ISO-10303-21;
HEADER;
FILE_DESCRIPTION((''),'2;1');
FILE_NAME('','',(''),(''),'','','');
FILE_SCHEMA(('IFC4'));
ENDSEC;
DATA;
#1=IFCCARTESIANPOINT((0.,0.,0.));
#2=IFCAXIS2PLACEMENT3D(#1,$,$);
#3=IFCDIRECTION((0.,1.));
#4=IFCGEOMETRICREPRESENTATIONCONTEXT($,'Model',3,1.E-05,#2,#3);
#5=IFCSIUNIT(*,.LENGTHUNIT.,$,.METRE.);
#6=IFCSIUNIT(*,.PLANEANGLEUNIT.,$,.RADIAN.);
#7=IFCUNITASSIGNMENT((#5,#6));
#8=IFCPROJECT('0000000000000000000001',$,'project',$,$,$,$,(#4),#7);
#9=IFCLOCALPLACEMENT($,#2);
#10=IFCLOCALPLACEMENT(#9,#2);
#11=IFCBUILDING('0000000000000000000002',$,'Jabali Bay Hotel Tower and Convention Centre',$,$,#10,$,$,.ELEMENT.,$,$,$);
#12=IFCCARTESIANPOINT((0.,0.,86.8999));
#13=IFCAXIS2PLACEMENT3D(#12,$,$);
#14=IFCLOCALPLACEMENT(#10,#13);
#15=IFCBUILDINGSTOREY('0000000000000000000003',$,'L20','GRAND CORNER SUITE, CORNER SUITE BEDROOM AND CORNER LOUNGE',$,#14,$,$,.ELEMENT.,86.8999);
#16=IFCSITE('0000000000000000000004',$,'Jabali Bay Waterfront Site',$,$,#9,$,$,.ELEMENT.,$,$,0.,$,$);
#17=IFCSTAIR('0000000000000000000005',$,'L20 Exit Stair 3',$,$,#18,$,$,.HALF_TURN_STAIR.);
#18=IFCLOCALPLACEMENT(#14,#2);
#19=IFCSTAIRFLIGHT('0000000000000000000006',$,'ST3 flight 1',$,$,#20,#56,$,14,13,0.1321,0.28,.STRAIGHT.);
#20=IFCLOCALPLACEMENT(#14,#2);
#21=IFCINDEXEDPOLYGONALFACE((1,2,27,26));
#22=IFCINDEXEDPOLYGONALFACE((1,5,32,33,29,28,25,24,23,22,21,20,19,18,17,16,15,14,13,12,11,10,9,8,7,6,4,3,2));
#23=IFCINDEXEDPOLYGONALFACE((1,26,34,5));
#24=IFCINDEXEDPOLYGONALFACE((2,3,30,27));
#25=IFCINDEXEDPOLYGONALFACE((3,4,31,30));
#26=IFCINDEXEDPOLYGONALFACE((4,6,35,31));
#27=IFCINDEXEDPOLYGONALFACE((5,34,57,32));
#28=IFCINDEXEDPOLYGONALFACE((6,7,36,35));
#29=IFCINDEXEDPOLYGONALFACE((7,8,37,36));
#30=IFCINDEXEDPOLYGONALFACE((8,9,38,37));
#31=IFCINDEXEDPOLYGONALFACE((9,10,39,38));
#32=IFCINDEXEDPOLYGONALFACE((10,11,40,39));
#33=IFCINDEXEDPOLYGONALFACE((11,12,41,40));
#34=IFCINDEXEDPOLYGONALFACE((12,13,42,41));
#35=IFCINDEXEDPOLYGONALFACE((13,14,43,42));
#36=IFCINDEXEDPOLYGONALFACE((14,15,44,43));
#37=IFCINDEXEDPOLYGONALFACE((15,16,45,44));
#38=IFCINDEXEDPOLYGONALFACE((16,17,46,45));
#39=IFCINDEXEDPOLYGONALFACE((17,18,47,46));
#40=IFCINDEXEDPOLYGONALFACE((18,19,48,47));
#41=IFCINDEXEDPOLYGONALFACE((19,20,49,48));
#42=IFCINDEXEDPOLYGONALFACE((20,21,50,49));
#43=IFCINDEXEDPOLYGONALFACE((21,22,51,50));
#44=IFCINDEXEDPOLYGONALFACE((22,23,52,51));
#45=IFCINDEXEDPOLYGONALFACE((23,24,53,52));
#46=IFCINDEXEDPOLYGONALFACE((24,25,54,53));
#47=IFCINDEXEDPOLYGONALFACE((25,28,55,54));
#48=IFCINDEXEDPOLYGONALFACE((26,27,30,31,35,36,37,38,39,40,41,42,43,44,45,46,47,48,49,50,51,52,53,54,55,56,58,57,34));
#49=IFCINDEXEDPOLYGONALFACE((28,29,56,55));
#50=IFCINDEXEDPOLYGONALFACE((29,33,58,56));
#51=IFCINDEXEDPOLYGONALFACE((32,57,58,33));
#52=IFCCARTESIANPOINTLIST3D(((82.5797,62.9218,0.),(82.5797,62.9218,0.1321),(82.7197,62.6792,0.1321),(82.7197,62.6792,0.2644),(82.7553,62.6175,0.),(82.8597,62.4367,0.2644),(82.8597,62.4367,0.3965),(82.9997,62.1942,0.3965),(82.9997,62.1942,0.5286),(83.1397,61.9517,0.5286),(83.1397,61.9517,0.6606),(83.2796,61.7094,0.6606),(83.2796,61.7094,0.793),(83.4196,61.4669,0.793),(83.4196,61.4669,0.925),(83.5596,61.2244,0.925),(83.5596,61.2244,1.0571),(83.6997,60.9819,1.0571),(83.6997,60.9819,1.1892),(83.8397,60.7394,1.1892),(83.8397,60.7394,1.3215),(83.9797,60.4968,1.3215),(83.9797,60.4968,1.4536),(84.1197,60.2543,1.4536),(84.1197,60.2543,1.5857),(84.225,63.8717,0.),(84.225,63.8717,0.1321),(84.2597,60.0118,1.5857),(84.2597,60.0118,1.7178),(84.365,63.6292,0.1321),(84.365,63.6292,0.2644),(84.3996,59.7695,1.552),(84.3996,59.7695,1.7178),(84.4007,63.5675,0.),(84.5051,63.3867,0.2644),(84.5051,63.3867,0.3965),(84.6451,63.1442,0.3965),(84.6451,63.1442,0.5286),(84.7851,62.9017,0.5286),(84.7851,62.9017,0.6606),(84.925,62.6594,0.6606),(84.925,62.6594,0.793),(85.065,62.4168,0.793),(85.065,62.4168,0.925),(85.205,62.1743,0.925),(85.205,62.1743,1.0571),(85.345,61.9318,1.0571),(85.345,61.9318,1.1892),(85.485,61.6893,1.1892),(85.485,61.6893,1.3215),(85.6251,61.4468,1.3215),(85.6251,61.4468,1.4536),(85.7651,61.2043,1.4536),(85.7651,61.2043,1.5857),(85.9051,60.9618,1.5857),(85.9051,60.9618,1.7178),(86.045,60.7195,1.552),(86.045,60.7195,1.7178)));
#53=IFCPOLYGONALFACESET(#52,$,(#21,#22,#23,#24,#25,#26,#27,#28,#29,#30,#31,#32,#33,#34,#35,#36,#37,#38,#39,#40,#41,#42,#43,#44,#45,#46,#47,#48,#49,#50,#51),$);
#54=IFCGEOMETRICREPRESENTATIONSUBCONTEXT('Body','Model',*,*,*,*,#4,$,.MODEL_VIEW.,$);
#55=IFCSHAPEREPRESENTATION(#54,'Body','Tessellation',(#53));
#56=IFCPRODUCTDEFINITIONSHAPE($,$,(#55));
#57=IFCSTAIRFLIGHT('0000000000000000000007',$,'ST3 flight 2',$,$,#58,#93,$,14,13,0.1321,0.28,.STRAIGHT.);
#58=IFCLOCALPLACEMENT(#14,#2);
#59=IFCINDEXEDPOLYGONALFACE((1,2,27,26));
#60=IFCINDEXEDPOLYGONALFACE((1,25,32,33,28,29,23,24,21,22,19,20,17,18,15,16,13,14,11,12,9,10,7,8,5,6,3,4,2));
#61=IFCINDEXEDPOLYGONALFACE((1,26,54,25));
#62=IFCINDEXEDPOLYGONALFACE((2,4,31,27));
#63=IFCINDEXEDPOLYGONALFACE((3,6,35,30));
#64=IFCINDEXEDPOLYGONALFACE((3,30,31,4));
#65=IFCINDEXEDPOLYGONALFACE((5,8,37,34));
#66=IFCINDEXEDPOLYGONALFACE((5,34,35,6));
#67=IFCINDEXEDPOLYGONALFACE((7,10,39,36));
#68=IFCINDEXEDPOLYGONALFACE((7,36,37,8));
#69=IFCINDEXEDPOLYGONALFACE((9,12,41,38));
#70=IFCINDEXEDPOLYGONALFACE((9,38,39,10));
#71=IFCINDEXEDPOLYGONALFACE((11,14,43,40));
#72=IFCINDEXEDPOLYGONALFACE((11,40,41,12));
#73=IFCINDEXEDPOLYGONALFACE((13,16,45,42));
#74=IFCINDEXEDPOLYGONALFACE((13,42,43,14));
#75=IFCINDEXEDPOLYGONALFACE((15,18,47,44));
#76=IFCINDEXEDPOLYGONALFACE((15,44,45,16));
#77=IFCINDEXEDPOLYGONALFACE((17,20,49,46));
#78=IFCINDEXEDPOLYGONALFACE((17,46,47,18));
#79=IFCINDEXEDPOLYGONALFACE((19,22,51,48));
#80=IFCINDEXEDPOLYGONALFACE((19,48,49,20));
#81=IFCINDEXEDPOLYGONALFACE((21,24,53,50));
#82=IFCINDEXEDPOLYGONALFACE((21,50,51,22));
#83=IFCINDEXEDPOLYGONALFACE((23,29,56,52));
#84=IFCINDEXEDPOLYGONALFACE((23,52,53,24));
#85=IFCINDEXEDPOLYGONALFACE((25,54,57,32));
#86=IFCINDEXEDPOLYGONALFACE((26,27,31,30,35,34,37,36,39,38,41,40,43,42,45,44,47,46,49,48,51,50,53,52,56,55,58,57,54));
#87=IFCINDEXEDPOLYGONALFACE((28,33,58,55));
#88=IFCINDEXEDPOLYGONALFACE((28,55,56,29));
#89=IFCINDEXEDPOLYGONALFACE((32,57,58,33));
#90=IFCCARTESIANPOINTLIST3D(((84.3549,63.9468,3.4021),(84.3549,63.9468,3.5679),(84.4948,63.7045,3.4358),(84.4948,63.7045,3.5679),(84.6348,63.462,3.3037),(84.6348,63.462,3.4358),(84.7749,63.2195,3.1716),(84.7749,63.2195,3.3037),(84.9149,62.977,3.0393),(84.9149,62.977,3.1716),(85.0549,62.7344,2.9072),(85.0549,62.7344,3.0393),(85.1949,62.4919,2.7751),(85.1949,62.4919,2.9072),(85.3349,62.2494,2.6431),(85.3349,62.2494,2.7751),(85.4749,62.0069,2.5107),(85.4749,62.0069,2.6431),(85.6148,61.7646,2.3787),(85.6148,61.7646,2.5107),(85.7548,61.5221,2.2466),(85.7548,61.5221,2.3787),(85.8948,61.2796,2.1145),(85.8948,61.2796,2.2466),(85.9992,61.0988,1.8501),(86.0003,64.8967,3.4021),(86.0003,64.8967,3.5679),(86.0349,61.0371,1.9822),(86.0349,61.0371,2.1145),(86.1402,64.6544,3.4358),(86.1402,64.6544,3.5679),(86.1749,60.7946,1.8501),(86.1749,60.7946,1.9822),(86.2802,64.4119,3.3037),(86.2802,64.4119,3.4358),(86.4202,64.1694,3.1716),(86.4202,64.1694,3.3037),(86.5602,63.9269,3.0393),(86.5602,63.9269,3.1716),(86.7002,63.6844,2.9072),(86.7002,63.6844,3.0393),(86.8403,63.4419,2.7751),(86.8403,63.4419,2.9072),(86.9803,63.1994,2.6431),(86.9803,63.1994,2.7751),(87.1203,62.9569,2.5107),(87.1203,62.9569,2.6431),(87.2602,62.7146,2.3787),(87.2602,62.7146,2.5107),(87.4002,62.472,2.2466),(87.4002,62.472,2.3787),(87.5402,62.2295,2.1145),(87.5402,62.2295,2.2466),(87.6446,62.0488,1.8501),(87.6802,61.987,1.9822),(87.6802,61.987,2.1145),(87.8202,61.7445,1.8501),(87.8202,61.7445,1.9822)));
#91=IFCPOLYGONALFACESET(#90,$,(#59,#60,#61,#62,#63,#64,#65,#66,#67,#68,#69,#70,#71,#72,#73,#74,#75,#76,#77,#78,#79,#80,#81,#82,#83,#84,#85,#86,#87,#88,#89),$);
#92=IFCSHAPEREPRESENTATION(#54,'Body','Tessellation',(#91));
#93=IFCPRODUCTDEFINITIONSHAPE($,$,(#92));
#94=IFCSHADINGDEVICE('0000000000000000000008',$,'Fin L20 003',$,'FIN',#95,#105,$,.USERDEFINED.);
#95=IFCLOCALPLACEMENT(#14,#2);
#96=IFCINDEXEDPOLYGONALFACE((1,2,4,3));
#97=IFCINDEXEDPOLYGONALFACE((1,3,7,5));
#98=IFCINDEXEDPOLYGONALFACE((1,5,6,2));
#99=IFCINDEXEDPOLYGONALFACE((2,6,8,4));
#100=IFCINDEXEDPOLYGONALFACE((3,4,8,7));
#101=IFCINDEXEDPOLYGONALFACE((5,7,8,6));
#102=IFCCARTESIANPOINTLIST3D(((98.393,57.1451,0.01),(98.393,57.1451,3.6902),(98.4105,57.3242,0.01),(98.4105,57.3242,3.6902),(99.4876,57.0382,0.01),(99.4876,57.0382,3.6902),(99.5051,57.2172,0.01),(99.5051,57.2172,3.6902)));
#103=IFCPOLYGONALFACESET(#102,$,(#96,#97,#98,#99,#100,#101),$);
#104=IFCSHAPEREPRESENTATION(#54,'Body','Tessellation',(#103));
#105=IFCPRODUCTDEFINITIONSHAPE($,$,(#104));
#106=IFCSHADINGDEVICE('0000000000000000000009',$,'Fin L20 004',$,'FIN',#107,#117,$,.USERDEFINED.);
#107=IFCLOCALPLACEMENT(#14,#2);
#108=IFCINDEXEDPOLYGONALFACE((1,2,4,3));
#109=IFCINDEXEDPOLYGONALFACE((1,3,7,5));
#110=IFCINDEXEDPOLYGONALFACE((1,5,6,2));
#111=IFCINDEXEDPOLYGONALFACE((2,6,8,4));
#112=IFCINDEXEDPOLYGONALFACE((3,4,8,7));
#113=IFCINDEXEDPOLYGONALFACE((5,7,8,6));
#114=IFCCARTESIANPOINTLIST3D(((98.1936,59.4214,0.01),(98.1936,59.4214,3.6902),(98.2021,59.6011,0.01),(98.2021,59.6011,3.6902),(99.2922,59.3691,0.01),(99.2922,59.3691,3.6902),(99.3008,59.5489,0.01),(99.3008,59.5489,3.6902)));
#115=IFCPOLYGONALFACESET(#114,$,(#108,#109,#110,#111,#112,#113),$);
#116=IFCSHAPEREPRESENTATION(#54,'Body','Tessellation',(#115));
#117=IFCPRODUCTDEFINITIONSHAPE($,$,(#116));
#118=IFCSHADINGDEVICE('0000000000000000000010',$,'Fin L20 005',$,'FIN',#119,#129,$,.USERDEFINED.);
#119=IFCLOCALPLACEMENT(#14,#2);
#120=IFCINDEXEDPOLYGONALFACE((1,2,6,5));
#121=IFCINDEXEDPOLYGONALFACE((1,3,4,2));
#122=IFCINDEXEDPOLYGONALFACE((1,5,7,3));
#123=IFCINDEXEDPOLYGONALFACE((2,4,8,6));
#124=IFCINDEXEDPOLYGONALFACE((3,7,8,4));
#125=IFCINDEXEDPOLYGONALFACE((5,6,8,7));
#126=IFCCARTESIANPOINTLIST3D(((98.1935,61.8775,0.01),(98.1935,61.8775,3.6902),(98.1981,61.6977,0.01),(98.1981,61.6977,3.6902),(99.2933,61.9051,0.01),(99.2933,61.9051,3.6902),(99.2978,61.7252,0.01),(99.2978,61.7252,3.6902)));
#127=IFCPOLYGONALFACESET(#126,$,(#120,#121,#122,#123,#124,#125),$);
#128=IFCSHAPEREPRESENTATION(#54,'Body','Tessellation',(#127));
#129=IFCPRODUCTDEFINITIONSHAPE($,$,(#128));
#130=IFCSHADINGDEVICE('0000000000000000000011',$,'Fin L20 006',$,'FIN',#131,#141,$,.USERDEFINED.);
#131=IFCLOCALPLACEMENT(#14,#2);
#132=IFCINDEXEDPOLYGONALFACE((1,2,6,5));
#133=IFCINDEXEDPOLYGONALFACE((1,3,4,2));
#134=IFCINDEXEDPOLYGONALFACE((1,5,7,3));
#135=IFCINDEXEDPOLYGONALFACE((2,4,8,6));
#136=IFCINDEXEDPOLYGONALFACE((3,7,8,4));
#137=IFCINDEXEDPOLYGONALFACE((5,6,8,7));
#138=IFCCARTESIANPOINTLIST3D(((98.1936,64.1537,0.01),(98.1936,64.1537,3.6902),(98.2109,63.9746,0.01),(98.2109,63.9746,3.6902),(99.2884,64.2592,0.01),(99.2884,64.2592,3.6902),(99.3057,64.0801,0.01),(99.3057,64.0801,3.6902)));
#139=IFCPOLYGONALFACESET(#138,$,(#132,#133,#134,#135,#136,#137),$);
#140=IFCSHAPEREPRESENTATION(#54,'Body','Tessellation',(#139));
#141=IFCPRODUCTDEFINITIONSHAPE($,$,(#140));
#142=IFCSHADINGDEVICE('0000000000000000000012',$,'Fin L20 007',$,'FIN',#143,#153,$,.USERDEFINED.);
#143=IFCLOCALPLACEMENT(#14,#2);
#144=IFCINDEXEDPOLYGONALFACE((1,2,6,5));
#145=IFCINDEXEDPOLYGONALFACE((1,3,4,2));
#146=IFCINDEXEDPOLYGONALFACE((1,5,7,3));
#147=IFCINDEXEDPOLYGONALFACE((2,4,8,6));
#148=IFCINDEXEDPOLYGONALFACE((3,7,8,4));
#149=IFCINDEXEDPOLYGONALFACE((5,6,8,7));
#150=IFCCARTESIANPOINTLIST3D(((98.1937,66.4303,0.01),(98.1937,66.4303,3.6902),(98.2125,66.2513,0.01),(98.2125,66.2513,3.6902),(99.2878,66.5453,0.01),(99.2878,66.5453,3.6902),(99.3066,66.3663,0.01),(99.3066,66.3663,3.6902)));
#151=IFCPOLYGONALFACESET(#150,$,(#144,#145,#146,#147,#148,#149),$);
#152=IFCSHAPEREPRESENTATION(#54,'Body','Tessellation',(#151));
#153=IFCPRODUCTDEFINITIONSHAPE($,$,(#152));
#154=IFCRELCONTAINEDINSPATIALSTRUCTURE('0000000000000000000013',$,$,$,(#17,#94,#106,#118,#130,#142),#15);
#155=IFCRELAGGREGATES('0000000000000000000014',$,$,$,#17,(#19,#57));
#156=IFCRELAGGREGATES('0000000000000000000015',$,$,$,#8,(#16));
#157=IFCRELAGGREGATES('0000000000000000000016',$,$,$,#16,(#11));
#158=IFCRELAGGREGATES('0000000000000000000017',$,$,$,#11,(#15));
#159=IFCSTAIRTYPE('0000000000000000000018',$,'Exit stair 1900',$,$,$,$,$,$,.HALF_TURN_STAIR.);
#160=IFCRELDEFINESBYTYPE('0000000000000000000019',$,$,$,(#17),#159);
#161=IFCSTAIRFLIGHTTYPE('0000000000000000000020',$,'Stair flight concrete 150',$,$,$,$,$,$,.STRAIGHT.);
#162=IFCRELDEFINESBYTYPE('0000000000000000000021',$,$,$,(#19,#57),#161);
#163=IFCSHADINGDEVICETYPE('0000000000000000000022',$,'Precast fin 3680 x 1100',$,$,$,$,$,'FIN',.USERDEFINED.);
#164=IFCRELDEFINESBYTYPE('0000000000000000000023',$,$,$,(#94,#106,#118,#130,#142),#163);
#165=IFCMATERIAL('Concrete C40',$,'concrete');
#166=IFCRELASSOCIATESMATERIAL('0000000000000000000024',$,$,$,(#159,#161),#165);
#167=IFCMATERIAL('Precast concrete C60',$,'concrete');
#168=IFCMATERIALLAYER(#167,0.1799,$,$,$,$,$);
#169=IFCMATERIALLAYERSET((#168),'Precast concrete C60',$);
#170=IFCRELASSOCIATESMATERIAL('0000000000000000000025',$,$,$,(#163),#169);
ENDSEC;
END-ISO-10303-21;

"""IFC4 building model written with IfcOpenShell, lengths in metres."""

from ifc_helpers import new_model, si_unit, direction, frame, frame_2d, origin, place, context, subcontext, project, spatial, polyline, rectangle, outline, extrude, material, layer, layer_set, type_object, element, aggregate, save


model = new_model("IFC4")

# Units and contexts
model_context = context("Model", 3, precision=1e-05, world=origin(), true_north=direction((0.0, 1.0)))
body_context = subcontext(model_context, "Body", "Model", "MODEL_VIEW")
ifc_project = project(units=[si_unit("LENGTHUNIT", "METRE"), si_unit("PLANEANGLEUNIT", "RADIAN")], contexts=[model_context])

# Site, building, storey
site_placement = place(None, origin())
site = spatial("IfcSite", under=ifc_project, at=site_placement, Name="Jabali Bay Waterfront Site", CompositionType="ELEMENT", RefElevation=0.0)
building_placement = place(site_placement, origin())
building = spatial("IfcBuilding", under=site, at=building_placement, Name="Jabali Bay Hotel Tower and Convention Centre", CompositionType="ELEMENT")
storey_placement = place(building_placement, frame((0.0, 0.0, 86.8999)))
storey = spatial("IfcBuildingStorey", under=building, at=storey_placement, Name="L20", Description="GRAND CORNER SUITE, CORNER SUITE BEDROOM AND CORNER LOUNGE", CompositionType="ELEMENT", Elevation=86.8999)

# Shared definitions
ifc_material_1 = material(Name="Concrete C40", Category="concrete")

# Stair, stair flights
stair_type = type_object("IfcStairType", Name="Exit stair 1900", PredefinedType="HALF_TURN_STAIR", material=ifc_material_1)
stair_placement = place(storey_placement, origin())
stair = element("IfcStair", 1, at=stair_placement, inside=storey, type_object=stair_type, Name="L20 Exit Stair 3", PredefinedType="HALF_TURN_STAIR")
stair_flight_type = type_object("IfcStairFlightType", Name="Stair flight concrete 150", PredefinedType="STRAIGHT", material=ifc_material_1)
stair_flight_1_placement = place(storey_placement, frame((83.4023, 63.3967, 0.0), z_axis=(0.0, 0.0, 1.0), x_axis=(0.5, -0.866025, 0.0)))
stair_flight_1 = element("IfcStairFlight", 2, at=stair_flight_1_placement, type_object=stair_flight_type, Name="ST3 flight 1", NumberOfRisers=14, NumberOfTreads=13, PredefinedType="STRAIGHT", RiserHeight=0.1321, TreadLength=0.28, context=body_context, shape_type="SweptSolid", body=[
    extrude(outline(polyline([(0.0, 0.0), (0.0, 0.1321), (0.28, 0.1321), (0.28, 0.2644), (0.5601, 0.2644), (0.5601, 0.3965), (0.8401, 0.3965), (0.8401, 0.5286), (1.1201, 0.5286), (1.1201, 0.6606), (1.3999, 0.6606), (1.3999, 0.793), (1.6799, 0.793), (1.6799, 0.925), (1.96, 0.925), (1.96, 1.0571), (2.24, 1.0571), (2.24, 1.1892), (2.52, 1.1892), (2.52, 1.3215), (2.8, 1.3215), (2.8, 1.4536), (3.0801, 1.4536), (3.0801, 1.5857), (3.3601, 1.5857), (3.3601, 1.7178), (3.6399, 1.7178), (3.6399, 1.8501), (3.6399, 1.552), (0.3513, 0.0), (0.0, 0.0)])), frame((0.0, 0.95, 0.0), z_axis=(0.0, -1.0, 0.0), x_axis=(1.0, 0.0, 0.0)), (0.0, 0.0, 1.0), 1.8999),
])
stair_flight_2_placement = place(storey_placement, frame((86.9976, 61.2695, 1.8501), z_axis=(0.0, 0.0, 1.0), x_axis=(-0.5, 0.866025, 0.0)))
stair_flight_2 = element("IfcStairFlight", 3, at=stair_flight_2_placement, type_object=stair_flight_type, Name="ST3 flight 2", NumberOfRisers=14, NumberOfTreads=13, PredefinedType="STRAIGHT", RiserHeight=0.1321, TreadLength=0.28, context=body_context, shape_type="SweptSolid", body=[
    extrude(outline(polyline([(0.0, 0.0), (0.0, 0.1321), (0.28, 0.1321), (0.28, 0.2644), (0.5601, 0.2644), (0.5601, 0.3965), (0.8401, 0.3965), (0.8401, 0.5286), (1.1201, 0.5286), (1.1201, 0.6606), (1.3999, 0.6606), (1.3999, 0.793), (1.6799, 0.793), (1.6799, 0.925), (1.96, 0.925), (1.96, 1.0571), (2.24, 1.0571), (2.24, 1.1892), (2.52, 1.1892), (2.52, 1.3215), (2.8, 1.3215), (2.8, 1.4536), (3.0801, 1.4536), (3.0801, 1.5857), (3.3601, 1.5857), (3.3601, 1.7178), (3.6399, 1.7178), (3.6399, 1.8501), (3.6399, 1.552), (0.3513, 0.0), (0.0, 0.0)])), frame((0.0, 0.95, 0.0), z_axis=(0.0, -1.0, 0.0), x_axis=(1.0, 0.0, 0.0)), (0.0, 0.0, 1.0), 1.8999),
])
aggregate(stair, [stair_flight_1, stair_flight_2])

# Shading devices
ifc_material_2 = material(Name="Precast concrete C60", Category="concrete")
ifc_layer_1 = layer(ifc_material_2, 0.1799)
ifc_layer_set_1 = layer_set([ifc_layer_1], Name="Precast concrete C60")
shading_device_type = type_object("IfcShadingDeviceType", Name="Precast fin 3680 x 1100", ElementType="FIN", PredefinedType="USERDEFINED", material=ifc_layer_set_1)
for number, where, z_axis, x_axis, name in (
    (4, (98.4019, 57.2346, 0.01), (0.0, 0.0, 1.0), (0.995263, -0.097218, 0.0), "Fin L20 003"),
    (5, (98.198, 59.5112, 0.01), (0.0, 0.0, 1.0), (0.998871, -0.047502, 0.0), "Fin L20 004"),
):
    element("IfcShadingDevice", number, at=place(storey_placement, frame(where, z_axis=z_axis, x_axis=x_axis)), inside=storey, type_object=shading_device_type, Name=name, ObjectType="FIN", PredefinedType="USERDEFINED", context=body_context, shape_type="SweptSolid", body=[
        extrude(rectangle(XDim=1.0999, YDim=0.1799, at=frame_2d((0.5498, 0.0))), origin(), (0.0, 0.0, 1.0), 3.6802),
    ])
shading_device_1_placement = place(storey_placement, frame((98.1958, 61.7876, 0.01), z_axis=(0.0, 0.0, 1.0), x_axis=(0.999686, 0.025075, 0.0)))
element("IfcShadingDevice", 6, at=shading_device_1_placement, inside=storey, type_object=shading_device_type, Name="Fin L20 005", ObjectType="FIN", PredefinedType="USERDEFINED", context=body_context, shape_type="SweptSolid", body=[
    extrude(rectangle(XDim=1.1001, YDim=0.1799, at=frame_2d((0.55, 0.0))), origin(), (0.0, 0.0, 1.0), 3.6802),
])
shading_device_2_placement = place(storey_placement, frame((98.2024, 64.0642, 0.01), z_axis=(0.0, 0.0, 1.0), x_axis=(0.995391, 0.095899, 0.0)))
element("IfcShadingDevice", 7, at=shading_device_2_placement, inside=storey, type_object=shading_device_type, Name="Fin L20 006", ObjectType="FIN", PredefinedType="USERDEFINED", context=body_context, shape_type="SweptSolid", body=[
    extrude(rectangle(XDim=1.0999, YDim=0.1799, at=frame_2d((0.5498, 0.0))), origin(), (0.0, 0.0, 1.0), 3.6802),
])
shading_device_3_placement = place(storey_placement, frame((98.2031, 66.3408, 0.01), z_axis=(0.0, 0.0, 1.0), x_axis=(0.994521, 0.104535, 0.0)))
element("IfcShadingDevice", 8, at=shading_device_3_placement, inside=storey, type_object=shading_device_type, Name="Fin L20 007", ObjectType="FIN", PredefinedType="USERDEFINED", context=body_context, shape_type="SweptSolid", body=[
    extrude(rectangle(XDim=1.1001, YDim=0.1799, at=frame_2d((0.55, 0.0))), origin(), (0.0, 0.0, 1.0), 3.6802),
])

save(model, "model.ifc")
